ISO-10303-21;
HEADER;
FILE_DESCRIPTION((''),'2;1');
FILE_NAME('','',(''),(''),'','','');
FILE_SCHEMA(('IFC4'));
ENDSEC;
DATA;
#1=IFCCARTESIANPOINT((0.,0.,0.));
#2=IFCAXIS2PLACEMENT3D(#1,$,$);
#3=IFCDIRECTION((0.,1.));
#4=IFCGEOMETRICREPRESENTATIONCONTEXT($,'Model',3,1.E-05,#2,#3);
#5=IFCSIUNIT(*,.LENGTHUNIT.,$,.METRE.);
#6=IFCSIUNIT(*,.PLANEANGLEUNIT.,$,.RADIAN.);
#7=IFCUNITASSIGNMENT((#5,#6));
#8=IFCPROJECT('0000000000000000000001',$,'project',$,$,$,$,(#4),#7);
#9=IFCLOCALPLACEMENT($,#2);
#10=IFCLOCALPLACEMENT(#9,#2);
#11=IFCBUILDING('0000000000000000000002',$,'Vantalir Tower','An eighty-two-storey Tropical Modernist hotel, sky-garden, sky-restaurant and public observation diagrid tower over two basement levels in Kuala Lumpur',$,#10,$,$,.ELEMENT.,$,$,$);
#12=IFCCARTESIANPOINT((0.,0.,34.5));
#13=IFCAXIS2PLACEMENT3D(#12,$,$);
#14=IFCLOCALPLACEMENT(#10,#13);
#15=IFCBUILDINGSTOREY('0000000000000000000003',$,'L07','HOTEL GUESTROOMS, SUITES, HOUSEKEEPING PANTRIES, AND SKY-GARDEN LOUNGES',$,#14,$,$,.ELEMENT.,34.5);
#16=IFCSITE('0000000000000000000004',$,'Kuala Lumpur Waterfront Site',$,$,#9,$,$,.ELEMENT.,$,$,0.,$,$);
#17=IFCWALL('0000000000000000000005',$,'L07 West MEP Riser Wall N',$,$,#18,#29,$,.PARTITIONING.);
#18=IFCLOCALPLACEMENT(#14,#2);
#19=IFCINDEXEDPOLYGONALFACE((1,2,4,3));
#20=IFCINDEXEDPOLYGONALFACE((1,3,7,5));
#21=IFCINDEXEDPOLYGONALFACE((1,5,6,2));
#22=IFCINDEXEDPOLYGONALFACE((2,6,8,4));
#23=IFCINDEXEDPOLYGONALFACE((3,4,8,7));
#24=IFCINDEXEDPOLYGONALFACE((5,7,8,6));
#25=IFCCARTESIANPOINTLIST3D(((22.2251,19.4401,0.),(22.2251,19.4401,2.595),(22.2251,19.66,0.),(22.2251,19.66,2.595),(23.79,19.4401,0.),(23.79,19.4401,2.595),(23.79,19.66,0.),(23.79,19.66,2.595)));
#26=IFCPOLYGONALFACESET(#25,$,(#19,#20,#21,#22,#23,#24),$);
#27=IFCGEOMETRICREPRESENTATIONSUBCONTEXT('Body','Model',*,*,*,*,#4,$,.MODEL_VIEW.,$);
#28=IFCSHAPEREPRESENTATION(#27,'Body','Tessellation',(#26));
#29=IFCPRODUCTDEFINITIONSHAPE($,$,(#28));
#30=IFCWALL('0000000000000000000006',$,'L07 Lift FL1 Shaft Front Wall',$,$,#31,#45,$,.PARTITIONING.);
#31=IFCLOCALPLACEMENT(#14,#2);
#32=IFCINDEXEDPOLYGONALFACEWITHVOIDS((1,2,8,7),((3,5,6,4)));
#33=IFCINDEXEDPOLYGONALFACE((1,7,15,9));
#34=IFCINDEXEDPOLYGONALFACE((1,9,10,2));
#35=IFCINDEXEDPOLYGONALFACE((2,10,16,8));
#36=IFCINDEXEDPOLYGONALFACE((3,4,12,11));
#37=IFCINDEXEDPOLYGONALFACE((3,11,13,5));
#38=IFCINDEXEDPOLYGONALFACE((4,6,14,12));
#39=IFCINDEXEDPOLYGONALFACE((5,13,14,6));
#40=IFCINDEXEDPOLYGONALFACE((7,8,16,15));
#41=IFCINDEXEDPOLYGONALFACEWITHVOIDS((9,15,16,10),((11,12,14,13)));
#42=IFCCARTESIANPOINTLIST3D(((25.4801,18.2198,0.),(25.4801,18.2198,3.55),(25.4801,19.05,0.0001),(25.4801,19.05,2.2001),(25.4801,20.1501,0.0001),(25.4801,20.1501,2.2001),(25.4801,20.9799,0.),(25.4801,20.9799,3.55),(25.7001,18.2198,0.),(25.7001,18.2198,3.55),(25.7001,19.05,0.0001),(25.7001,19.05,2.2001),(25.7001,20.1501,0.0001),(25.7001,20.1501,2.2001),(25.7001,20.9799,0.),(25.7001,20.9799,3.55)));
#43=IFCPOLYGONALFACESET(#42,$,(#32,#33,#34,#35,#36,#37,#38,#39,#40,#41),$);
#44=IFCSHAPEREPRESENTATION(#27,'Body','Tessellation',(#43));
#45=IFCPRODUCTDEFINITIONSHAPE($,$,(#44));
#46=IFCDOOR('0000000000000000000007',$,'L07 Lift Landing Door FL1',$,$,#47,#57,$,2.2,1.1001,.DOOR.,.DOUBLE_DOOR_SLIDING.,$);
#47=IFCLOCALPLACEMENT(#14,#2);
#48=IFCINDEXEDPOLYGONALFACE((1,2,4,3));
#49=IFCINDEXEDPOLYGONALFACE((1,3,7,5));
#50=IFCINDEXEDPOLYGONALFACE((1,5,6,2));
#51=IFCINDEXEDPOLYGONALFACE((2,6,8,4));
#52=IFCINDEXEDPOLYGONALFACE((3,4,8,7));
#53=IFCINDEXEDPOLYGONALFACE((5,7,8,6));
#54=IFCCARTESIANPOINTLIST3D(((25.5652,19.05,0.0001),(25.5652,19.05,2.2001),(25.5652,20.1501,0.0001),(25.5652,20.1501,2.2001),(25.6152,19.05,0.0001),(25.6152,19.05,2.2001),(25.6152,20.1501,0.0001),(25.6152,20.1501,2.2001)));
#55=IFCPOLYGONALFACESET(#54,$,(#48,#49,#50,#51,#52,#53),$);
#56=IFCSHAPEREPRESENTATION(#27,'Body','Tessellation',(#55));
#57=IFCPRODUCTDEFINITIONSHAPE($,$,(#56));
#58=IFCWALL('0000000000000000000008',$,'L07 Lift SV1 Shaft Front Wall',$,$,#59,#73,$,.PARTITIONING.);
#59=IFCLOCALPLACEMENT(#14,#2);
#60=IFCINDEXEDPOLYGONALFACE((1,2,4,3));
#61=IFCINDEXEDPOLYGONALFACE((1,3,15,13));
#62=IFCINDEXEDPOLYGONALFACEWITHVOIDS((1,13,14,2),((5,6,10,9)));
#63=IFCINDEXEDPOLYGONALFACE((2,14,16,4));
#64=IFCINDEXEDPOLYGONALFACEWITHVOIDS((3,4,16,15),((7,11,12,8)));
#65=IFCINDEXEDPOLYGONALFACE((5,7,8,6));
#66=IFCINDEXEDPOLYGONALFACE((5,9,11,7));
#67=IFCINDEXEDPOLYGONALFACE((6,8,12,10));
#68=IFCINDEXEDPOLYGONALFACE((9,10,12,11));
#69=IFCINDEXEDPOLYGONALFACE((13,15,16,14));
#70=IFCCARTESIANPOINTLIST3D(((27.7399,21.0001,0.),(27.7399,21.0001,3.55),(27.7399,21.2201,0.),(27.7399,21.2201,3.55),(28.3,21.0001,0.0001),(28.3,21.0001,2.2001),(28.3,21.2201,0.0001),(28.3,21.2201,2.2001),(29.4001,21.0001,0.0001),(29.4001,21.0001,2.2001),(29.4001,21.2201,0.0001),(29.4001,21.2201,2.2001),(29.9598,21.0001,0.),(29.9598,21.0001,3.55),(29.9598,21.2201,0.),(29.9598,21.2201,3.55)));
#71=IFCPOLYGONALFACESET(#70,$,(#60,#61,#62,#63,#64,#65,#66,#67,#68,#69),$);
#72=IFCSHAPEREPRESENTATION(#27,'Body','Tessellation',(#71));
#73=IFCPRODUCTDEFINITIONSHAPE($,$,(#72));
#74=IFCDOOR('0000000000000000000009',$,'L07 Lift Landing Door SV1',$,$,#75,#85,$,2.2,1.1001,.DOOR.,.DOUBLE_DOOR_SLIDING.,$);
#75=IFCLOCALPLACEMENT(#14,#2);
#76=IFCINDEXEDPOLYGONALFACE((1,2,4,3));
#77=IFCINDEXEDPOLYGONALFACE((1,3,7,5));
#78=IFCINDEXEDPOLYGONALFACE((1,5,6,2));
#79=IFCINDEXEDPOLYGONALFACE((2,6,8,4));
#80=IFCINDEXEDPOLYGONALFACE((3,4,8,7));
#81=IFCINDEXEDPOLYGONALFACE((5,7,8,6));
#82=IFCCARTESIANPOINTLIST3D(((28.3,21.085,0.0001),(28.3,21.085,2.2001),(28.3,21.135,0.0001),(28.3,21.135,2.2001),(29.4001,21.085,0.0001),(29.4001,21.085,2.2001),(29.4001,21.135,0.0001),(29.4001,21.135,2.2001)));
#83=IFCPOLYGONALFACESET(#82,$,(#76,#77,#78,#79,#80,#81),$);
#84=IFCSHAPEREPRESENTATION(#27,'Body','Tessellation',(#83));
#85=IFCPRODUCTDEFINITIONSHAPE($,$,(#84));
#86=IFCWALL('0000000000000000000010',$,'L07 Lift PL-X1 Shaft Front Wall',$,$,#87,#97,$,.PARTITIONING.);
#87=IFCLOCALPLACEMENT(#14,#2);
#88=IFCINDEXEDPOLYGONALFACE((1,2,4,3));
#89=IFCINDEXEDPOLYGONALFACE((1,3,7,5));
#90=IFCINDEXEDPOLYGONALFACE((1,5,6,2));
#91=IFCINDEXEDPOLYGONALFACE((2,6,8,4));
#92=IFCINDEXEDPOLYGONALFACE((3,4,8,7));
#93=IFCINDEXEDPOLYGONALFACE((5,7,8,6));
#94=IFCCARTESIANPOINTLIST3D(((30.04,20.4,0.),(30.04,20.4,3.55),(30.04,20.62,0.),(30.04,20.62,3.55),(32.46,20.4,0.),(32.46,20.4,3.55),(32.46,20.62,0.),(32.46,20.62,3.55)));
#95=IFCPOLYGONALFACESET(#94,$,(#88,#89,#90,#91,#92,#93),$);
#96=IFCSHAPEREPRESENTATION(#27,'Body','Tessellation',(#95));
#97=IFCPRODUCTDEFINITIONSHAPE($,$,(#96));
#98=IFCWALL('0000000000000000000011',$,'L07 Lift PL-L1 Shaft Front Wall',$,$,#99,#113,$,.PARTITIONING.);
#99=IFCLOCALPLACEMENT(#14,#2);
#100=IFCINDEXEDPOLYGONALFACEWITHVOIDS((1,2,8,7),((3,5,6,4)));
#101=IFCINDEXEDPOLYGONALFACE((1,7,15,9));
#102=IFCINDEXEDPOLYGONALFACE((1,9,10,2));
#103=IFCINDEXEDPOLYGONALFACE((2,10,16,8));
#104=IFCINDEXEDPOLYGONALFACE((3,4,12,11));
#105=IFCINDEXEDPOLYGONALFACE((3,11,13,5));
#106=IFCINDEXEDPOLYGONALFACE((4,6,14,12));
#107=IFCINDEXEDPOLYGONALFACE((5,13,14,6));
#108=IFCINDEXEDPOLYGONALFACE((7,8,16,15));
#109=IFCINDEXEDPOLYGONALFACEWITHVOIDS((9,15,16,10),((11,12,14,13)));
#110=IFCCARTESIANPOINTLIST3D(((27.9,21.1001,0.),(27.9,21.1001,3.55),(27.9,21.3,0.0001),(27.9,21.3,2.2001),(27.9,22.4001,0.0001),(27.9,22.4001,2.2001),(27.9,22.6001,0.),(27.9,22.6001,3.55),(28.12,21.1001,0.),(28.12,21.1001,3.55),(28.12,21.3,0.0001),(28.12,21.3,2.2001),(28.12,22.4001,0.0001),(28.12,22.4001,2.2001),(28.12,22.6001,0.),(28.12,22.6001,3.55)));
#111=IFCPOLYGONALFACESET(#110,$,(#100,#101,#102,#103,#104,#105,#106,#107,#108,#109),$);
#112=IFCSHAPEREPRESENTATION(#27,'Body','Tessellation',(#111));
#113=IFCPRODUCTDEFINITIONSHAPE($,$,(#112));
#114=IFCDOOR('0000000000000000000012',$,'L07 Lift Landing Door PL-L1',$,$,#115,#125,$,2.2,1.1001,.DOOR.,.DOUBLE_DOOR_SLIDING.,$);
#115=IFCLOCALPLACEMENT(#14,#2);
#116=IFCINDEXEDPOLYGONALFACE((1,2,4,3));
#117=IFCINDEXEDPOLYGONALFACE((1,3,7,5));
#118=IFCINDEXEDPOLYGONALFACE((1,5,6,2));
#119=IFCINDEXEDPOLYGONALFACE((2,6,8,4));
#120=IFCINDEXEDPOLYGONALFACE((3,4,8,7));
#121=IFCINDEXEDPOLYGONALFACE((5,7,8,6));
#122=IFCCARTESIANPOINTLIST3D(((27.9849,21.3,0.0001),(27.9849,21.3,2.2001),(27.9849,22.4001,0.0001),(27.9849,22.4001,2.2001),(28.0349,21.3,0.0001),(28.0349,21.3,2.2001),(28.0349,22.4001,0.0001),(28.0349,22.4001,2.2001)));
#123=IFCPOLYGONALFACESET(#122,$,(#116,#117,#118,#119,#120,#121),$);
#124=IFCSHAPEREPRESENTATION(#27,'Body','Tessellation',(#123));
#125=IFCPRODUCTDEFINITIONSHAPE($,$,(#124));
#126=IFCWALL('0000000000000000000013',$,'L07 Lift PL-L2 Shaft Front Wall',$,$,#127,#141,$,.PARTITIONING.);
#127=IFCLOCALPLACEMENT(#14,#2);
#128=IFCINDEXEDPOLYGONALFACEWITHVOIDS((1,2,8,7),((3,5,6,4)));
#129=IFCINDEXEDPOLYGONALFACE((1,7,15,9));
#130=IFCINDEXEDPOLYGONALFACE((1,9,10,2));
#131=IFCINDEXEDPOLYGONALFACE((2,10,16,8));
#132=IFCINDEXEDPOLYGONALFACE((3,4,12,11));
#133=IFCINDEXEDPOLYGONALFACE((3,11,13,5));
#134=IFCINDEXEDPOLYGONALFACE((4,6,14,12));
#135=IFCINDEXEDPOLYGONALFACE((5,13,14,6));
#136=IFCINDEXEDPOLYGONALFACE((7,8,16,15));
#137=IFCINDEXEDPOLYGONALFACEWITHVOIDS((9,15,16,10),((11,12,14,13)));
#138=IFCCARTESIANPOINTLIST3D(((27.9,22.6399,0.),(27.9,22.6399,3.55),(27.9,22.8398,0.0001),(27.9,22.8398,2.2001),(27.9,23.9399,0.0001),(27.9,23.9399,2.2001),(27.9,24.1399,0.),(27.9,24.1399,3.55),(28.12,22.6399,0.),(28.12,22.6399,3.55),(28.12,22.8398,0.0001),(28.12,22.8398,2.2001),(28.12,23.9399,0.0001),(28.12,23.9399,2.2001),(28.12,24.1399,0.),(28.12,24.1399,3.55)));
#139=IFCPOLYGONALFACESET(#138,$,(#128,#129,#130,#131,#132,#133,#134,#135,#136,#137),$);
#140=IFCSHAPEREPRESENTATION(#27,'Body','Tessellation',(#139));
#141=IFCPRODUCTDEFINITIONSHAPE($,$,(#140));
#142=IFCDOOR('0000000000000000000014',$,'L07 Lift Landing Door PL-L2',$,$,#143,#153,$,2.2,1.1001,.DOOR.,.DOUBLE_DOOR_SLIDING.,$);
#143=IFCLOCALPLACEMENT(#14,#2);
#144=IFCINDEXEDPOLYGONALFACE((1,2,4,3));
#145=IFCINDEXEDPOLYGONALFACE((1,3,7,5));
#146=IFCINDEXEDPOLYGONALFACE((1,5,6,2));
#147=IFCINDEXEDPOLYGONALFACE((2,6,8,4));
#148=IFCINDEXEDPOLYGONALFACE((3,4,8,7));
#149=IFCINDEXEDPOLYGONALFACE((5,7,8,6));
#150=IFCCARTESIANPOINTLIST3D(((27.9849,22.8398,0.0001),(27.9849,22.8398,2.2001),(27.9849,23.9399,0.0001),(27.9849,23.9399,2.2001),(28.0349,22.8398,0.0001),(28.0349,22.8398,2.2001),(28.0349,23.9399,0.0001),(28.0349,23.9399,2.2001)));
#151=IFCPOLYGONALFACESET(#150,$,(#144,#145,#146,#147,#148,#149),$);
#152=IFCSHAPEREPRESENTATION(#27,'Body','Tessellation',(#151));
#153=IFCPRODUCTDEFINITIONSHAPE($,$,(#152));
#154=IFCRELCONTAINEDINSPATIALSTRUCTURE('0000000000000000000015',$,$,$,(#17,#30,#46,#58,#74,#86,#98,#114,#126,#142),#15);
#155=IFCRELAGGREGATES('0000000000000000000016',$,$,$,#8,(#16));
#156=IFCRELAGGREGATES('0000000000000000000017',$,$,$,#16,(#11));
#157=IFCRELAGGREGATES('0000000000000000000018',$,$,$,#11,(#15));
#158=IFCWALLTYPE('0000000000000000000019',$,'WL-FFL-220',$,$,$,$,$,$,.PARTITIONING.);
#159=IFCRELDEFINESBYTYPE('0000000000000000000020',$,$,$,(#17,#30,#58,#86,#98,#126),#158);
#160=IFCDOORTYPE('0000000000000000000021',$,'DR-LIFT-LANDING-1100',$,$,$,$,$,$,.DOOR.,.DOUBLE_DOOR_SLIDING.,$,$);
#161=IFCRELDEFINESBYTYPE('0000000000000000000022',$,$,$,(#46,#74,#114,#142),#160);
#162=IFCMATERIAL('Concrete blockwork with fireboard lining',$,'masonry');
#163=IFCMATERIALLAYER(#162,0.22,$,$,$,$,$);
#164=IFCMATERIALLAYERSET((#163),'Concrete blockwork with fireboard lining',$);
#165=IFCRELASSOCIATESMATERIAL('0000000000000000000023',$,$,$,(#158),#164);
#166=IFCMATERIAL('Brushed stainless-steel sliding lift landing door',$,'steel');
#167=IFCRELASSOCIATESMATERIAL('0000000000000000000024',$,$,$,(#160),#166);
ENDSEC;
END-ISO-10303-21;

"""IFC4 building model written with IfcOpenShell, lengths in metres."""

from ifc_helpers import new_model, si_unit, direction, frame, frame_2d, origin, place, context, subcontext, project, spatial, rectangle, extrude, material, layer, layer_set, type_object, element, fill, save


model = new_model("IFC4")

# Units and contexts
model_context = context("Model", 3, precision=1e-05, world=origin(), true_north=direction((0.0, 1.0)))
body_context = subcontext(model_context, "Body", "Model", "MODEL_VIEW")
ifc_project = project(units=[si_unit("LENGTHUNIT", "METRE"), si_unit("PLANEANGLEUNIT", "RADIAN")], contexts=[model_context])

# Site, building, storey
site_placement = place(None, origin())
site = spatial("IfcSite", under=ifc_project, at=site_placement, Name="Kuala Lumpur Waterfront Site", CompositionType="ELEMENT", RefElevation=0.0)
building_placement = place(site_placement, origin())
building = spatial("IfcBuilding", under=site, at=building_placement, Name="Vantalir Tower", Description="An eighty-two-storey Tropical Modernist hotel, sky-garden, sky-restaurant and public observation diagrid tower over two basement levels in Kuala Lumpur", CompositionType="ELEMENT")
storey_placement = place(building_placement, frame((0.0, 0.0, 34.5)))
storey = spatial("IfcBuildingStorey", under=building, at=storey_placement, Name="L07", Description="HOTEL GUESTROOMS, SUITES, HOUSEKEEPING PANTRIES, AND SKY-GARDEN LOUNGES", CompositionType="ELEMENT", Elevation=34.5)

# Wall
ifc_material_1 = material(Name="Concrete blockwork with fireboard lining", Category="masonry")
ifc_layer_1 = layer(ifc_material_1, 0.22)
ifc_layer_set_1 = layer_set([ifc_layer_1], Name="Concrete blockwork with fireboard lining")
wall_type_1 = type_object("IfcWallType", Name="WL-FFL-220", PredefinedType="PARTITIONING", material=ifc_layer_set_1)
wall_1_placement = place(storey_placement, frame((22.2251, 19.55, 0.0), z_axis=(0.0, 0.0, 1.0), x_axis=(1.0, 0.0, 0.0)))
element("IfcWall", 1, at=wall_1_placement, inside=storey, type_object=wall_type_1, Name="L07 West MEP Riser Wall N", PredefinedType="PARTITIONING", context=body_context, shape_type="SweptSolid", body=[
    extrude(rectangle(XDim=1.5649, YDim=0.22, at=frame_2d((0.7825, 0.0))), origin(), (0.0, 0.0, 1.0), 2.595),
])

# Walls, openings, doors
wall_2_placement = place(storey_placement, frame((25.5901, 18.22, 0.0), z_axis=(0.0, 0.0, 1.0), x_axis=(0.0, 1.0, 0.0)))
wall_2 = element("IfcWall", 2, at=wall_2_placement, inside=storey, type_object=wall_type_1, Name="L07 Lift FL1 Shaft Front Wall", PredefinedType="PARTITIONING", context=body_context, shape_type="SweptSolid", body=[
    extrude(rectangle(XDim=2.76, YDim=0.22, at=frame_2d((1.3799, 0.0))), origin(), (0.0, 0.0, 1.0), 3.55),
])
opening_1_placement = place(wall_2_placement, frame((0.8301, 0.0, 0.0)))
opening_1 = element("IfcOpeningElement", 3, at=opening_1_placement, cuts=wall_2, PredefinedType="OPENING", context=body_context, shape_type="SweptSolid", body=[
    extrude(rectangle(XDim=1.1001, YDim=2.2, at=frame_2d((0.55, 1.1001))), frame((0.0, 0.1199, 0.0), z_axis=(0.0, -1.0, 0.0), x_axis=(1.0, 0.0, 0.0)), (0.0, 0.0, 1.0), 0.24),
])
ifc_material_2 = material(Name="Brushed stainless-steel sliding lift landing door", Category="steel")
door_type_1 = type_object("IfcDoorType", Name="DR-LIFT-LANDING-1100", OperationType="DOUBLE_DOOR_SLIDING", PredefinedType="DOOR", material=ifc_material_2)
door_1_placement = place(opening_1_placement, origin())
door_1 = element("IfcDoor", 4, at=door_1_placement, inside=storey, type_object=door_type_1, Name="L07 Lift Landing Door FL1", OperationType="DOUBLE_DOOR_SLIDING", OverallHeight=2.2, OverallWidth=1.1001, PredefinedType="DOOR", context=body_context, shape_type="SweptSolid", body=[
    extrude(rectangle(XDim=1.1001, YDim=2.2, at=frame_2d((0.55, 1.1001))), frame((0.0, 0.0249, 0.0), z_axis=(0.0, -1.0, 0.0), x_axis=(1.0, 0.0, 0.0)), (0.0, 0.0, 1.0), 0.05),
])
fill(opening_1, door_1)
wall_3_placement = place(storey_placement, frame((27.74, 21.1101, 0.0), z_axis=(0.0, 0.0, 1.0), x_axis=(1.0, 0.0, 0.0)))
wall_3 = element("IfcWall", 5, at=wall_3_placement, inside=storey, type_object=wall_type_1, Name="L07 Lift SV1 Shaft Front Wall", PredefinedType="PARTITIONING", context=body_context, shape_type="SweptSolid", body=[
    extrude(rectangle(XDim=2.22, YDim=0.22, at=frame_2d((1.1099, 0.0))), origin(), (0.0, 0.0, 1.0), 3.55),
])
opening_2_placement = place(wall_3_placement, frame((0.5601, 0.0, 0.0)))
opening_2 = element("IfcOpeningElement", 6, at=opening_2_placement, cuts=wall_3, PredefinedType="OPENING", context=body_context, shape_type="SweptSolid", body=[
    extrude(rectangle(XDim=1.1001, YDim=2.2, at=frame_2d((0.55, 1.1001))), frame((0.0, 0.1199, 0.0), z_axis=(0.0, -1.0, 0.0), x_axis=(1.0, 0.0, 0.0)), (0.0, 0.0, 1.0), 0.24),
])
door_2_placement = place(opening_2_placement, origin())
door_2 = element("IfcDoor", 7, at=door_2_placement, inside=storey, type_object=door_type_1, Name="L07 Lift Landing Door SV1", OperationType="DOUBLE_DOOR_SLIDING", OverallHeight=2.2, OverallWidth=1.1001, PredefinedType="DOOR", context=body_context, shape_type="SweptSolid", body=[
    extrude(rectangle(XDim=1.1001, YDim=2.2, at=frame_2d((0.55, 1.1001))), frame((0.0, 0.0249, 0.0), z_axis=(0.0, -1.0, 0.0), x_axis=(1.0, 0.0, 0.0)), (0.0, 0.0, 1.0), 0.05),
])
fill(opening_2, door_2)

# Wall
wall_4_placement = place(storey_placement, frame((30.04, 20.51, 0.0), z_axis=(0.0, 0.0, 1.0), x_axis=(1.0, 0.0, 0.0)))
element("IfcWall", 8, at=wall_4_placement, inside=storey, type_object=wall_type_1, Name="L07 Lift PL-X1 Shaft Front Wall", PredefinedType="PARTITIONING", context=body_context, shape_type="SweptSolid", body=[
    extrude(rectangle(XDim=2.4199, YDim=0.22, at=frame_2d((1.21, 0.0))), origin(), (0.0, 0.0, 1.0), 3.55),
])

# Walls, openings, doors
wall_5_placement = place(storey_placement, frame((28.01, 21.1001, 0.0), z_axis=(0.0, 0.0, 1.0), x_axis=(0.0, 1.0, 0.0)))
wall_5 = element("IfcWall", 9, at=wall_5_placement, inside=storey, type_object=wall_type_1, Name="L07 Lift PL-L1 Shaft Front Wall", PredefinedType="PARTITIONING", context=body_context, shape_type="SweptSolid", body=[
    extrude(rectangle(XDim=1.5, YDim=0.22, at=frame_2d((0.75, 0.0))), origin(), (0.0, 0.0, 1.0), 3.55),
])
opening_3_placement = place(wall_5_placement, frame((0.2, 0.0, 0.0)))
opening_3 = element("IfcOpeningElement", 10, at=opening_3_placement, cuts=wall_5, PredefinedType="OPENING", context=body_context, shape_type="SweptSolid", body=[
    extrude(rectangle(XDim=1.1001, YDim=2.2, at=frame_2d((0.55, 1.1001))), frame((0.0, 0.1199, 0.0), z_axis=(0.0, -1.0, 0.0), x_axis=(1.0, 0.0, 0.0)), (0.0, 0.0, 1.0), 0.24),
])
door_3_placement = place(opening_3_placement, frame((1.1001, 0.0, 0.0), z_axis=(0.0, 0.0, 1.0), x_axis=(-1.0, 0.0, 0.0)))
door_3 = element("IfcDoor", 11, at=door_3_placement, inside=storey, type_object=door_type_1, Name="L07 Lift Landing Door PL-L1", OperationType="DOUBLE_DOOR_SLIDING", OverallHeight=2.2, OverallWidth=1.1001, PredefinedType="DOOR", context=body_context, shape_type="SweptSolid", body=[
    extrude(rectangle(XDim=1.1001, YDim=2.2, at=frame_2d((0.55, 1.1001))), frame((0.0, 0.0249, 0.0), z_axis=(0.0, -1.0, 0.0), x_axis=(1.0, 0.0, 0.0)), (0.0, 0.0, 1.0), 0.05),
])
fill(opening_3, door_3)
wall_6_placement = place(storey_placement, frame((28.01, 22.6399, 0.0), z_axis=(0.0, 0.0, 1.0), x_axis=(0.0, 1.0, 0.0)))
wall_6 = element("IfcWall", 12, at=wall_6_placement, inside=storey, type_object=wall_type_1, Name="L07 Lift PL-L2 Shaft Front Wall", PredefinedType="PARTITIONING", context=body_context, shape_type="SweptSolid", body=[
    extrude(rectangle(XDim=1.5, YDim=0.22, at=frame_2d((0.75, 0.0))), origin(), (0.0, 0.0, 1.0), 3.55),
])
opening_4_placement = place(wall_6_placement, frame((0.2, 0.0, 0.0)))
opening_4 = element("IfcOpeningElement", 13, at=opening_4_placement, cuts=wall_6, PredefinedType="OPENING", context=body_context, shape_type="SweptSolid", body=[
    extrude(rectangle(XDim=1.1001, YDim=2.2, at=frame_2d((0.55, 1.1001))), frame((0.0, 0.1199, 0.0), z_axis=(0.0, -1.0, 0.0), x_axis=(1.0, 0.0, 0.0)), (0.0, 0.0, 1.0), 0.24),
])
door_4_placement = place(opening_4_placement, frame((1.1001, 0.0, 0.0), z_axis=(0.0, 0.0, 1.0), x_axis=(-1.0, 0.0, 0.0)))
door_4 = element("IfcDoor", 14, at=door_4_placement, inside=storey, type_object=door_type_1, Name="L07 Lift Landing Door PL-L2", OperationType="DOUBLE_DOOR_SLIDING", OverallHeight=2.2, OverallWidth=1.1001, PredefinedType="DOOR", context=body_context, shape_type="SweptSolid", body=[
    extrude(rectangle(XDim=1.1001, YDim=2.2, at=frame_2d((0.55, 1.1001))), frame((0.0, 0.0249, 0.0), z_axis=(0.0, -1.0, 0.0), x_axis=(1.0, 0.0, 0.0)), (0.0, 0.0, 1.0), 0.05),
])
fill(opening_4, door_4)

save(model, "model.ifc")
